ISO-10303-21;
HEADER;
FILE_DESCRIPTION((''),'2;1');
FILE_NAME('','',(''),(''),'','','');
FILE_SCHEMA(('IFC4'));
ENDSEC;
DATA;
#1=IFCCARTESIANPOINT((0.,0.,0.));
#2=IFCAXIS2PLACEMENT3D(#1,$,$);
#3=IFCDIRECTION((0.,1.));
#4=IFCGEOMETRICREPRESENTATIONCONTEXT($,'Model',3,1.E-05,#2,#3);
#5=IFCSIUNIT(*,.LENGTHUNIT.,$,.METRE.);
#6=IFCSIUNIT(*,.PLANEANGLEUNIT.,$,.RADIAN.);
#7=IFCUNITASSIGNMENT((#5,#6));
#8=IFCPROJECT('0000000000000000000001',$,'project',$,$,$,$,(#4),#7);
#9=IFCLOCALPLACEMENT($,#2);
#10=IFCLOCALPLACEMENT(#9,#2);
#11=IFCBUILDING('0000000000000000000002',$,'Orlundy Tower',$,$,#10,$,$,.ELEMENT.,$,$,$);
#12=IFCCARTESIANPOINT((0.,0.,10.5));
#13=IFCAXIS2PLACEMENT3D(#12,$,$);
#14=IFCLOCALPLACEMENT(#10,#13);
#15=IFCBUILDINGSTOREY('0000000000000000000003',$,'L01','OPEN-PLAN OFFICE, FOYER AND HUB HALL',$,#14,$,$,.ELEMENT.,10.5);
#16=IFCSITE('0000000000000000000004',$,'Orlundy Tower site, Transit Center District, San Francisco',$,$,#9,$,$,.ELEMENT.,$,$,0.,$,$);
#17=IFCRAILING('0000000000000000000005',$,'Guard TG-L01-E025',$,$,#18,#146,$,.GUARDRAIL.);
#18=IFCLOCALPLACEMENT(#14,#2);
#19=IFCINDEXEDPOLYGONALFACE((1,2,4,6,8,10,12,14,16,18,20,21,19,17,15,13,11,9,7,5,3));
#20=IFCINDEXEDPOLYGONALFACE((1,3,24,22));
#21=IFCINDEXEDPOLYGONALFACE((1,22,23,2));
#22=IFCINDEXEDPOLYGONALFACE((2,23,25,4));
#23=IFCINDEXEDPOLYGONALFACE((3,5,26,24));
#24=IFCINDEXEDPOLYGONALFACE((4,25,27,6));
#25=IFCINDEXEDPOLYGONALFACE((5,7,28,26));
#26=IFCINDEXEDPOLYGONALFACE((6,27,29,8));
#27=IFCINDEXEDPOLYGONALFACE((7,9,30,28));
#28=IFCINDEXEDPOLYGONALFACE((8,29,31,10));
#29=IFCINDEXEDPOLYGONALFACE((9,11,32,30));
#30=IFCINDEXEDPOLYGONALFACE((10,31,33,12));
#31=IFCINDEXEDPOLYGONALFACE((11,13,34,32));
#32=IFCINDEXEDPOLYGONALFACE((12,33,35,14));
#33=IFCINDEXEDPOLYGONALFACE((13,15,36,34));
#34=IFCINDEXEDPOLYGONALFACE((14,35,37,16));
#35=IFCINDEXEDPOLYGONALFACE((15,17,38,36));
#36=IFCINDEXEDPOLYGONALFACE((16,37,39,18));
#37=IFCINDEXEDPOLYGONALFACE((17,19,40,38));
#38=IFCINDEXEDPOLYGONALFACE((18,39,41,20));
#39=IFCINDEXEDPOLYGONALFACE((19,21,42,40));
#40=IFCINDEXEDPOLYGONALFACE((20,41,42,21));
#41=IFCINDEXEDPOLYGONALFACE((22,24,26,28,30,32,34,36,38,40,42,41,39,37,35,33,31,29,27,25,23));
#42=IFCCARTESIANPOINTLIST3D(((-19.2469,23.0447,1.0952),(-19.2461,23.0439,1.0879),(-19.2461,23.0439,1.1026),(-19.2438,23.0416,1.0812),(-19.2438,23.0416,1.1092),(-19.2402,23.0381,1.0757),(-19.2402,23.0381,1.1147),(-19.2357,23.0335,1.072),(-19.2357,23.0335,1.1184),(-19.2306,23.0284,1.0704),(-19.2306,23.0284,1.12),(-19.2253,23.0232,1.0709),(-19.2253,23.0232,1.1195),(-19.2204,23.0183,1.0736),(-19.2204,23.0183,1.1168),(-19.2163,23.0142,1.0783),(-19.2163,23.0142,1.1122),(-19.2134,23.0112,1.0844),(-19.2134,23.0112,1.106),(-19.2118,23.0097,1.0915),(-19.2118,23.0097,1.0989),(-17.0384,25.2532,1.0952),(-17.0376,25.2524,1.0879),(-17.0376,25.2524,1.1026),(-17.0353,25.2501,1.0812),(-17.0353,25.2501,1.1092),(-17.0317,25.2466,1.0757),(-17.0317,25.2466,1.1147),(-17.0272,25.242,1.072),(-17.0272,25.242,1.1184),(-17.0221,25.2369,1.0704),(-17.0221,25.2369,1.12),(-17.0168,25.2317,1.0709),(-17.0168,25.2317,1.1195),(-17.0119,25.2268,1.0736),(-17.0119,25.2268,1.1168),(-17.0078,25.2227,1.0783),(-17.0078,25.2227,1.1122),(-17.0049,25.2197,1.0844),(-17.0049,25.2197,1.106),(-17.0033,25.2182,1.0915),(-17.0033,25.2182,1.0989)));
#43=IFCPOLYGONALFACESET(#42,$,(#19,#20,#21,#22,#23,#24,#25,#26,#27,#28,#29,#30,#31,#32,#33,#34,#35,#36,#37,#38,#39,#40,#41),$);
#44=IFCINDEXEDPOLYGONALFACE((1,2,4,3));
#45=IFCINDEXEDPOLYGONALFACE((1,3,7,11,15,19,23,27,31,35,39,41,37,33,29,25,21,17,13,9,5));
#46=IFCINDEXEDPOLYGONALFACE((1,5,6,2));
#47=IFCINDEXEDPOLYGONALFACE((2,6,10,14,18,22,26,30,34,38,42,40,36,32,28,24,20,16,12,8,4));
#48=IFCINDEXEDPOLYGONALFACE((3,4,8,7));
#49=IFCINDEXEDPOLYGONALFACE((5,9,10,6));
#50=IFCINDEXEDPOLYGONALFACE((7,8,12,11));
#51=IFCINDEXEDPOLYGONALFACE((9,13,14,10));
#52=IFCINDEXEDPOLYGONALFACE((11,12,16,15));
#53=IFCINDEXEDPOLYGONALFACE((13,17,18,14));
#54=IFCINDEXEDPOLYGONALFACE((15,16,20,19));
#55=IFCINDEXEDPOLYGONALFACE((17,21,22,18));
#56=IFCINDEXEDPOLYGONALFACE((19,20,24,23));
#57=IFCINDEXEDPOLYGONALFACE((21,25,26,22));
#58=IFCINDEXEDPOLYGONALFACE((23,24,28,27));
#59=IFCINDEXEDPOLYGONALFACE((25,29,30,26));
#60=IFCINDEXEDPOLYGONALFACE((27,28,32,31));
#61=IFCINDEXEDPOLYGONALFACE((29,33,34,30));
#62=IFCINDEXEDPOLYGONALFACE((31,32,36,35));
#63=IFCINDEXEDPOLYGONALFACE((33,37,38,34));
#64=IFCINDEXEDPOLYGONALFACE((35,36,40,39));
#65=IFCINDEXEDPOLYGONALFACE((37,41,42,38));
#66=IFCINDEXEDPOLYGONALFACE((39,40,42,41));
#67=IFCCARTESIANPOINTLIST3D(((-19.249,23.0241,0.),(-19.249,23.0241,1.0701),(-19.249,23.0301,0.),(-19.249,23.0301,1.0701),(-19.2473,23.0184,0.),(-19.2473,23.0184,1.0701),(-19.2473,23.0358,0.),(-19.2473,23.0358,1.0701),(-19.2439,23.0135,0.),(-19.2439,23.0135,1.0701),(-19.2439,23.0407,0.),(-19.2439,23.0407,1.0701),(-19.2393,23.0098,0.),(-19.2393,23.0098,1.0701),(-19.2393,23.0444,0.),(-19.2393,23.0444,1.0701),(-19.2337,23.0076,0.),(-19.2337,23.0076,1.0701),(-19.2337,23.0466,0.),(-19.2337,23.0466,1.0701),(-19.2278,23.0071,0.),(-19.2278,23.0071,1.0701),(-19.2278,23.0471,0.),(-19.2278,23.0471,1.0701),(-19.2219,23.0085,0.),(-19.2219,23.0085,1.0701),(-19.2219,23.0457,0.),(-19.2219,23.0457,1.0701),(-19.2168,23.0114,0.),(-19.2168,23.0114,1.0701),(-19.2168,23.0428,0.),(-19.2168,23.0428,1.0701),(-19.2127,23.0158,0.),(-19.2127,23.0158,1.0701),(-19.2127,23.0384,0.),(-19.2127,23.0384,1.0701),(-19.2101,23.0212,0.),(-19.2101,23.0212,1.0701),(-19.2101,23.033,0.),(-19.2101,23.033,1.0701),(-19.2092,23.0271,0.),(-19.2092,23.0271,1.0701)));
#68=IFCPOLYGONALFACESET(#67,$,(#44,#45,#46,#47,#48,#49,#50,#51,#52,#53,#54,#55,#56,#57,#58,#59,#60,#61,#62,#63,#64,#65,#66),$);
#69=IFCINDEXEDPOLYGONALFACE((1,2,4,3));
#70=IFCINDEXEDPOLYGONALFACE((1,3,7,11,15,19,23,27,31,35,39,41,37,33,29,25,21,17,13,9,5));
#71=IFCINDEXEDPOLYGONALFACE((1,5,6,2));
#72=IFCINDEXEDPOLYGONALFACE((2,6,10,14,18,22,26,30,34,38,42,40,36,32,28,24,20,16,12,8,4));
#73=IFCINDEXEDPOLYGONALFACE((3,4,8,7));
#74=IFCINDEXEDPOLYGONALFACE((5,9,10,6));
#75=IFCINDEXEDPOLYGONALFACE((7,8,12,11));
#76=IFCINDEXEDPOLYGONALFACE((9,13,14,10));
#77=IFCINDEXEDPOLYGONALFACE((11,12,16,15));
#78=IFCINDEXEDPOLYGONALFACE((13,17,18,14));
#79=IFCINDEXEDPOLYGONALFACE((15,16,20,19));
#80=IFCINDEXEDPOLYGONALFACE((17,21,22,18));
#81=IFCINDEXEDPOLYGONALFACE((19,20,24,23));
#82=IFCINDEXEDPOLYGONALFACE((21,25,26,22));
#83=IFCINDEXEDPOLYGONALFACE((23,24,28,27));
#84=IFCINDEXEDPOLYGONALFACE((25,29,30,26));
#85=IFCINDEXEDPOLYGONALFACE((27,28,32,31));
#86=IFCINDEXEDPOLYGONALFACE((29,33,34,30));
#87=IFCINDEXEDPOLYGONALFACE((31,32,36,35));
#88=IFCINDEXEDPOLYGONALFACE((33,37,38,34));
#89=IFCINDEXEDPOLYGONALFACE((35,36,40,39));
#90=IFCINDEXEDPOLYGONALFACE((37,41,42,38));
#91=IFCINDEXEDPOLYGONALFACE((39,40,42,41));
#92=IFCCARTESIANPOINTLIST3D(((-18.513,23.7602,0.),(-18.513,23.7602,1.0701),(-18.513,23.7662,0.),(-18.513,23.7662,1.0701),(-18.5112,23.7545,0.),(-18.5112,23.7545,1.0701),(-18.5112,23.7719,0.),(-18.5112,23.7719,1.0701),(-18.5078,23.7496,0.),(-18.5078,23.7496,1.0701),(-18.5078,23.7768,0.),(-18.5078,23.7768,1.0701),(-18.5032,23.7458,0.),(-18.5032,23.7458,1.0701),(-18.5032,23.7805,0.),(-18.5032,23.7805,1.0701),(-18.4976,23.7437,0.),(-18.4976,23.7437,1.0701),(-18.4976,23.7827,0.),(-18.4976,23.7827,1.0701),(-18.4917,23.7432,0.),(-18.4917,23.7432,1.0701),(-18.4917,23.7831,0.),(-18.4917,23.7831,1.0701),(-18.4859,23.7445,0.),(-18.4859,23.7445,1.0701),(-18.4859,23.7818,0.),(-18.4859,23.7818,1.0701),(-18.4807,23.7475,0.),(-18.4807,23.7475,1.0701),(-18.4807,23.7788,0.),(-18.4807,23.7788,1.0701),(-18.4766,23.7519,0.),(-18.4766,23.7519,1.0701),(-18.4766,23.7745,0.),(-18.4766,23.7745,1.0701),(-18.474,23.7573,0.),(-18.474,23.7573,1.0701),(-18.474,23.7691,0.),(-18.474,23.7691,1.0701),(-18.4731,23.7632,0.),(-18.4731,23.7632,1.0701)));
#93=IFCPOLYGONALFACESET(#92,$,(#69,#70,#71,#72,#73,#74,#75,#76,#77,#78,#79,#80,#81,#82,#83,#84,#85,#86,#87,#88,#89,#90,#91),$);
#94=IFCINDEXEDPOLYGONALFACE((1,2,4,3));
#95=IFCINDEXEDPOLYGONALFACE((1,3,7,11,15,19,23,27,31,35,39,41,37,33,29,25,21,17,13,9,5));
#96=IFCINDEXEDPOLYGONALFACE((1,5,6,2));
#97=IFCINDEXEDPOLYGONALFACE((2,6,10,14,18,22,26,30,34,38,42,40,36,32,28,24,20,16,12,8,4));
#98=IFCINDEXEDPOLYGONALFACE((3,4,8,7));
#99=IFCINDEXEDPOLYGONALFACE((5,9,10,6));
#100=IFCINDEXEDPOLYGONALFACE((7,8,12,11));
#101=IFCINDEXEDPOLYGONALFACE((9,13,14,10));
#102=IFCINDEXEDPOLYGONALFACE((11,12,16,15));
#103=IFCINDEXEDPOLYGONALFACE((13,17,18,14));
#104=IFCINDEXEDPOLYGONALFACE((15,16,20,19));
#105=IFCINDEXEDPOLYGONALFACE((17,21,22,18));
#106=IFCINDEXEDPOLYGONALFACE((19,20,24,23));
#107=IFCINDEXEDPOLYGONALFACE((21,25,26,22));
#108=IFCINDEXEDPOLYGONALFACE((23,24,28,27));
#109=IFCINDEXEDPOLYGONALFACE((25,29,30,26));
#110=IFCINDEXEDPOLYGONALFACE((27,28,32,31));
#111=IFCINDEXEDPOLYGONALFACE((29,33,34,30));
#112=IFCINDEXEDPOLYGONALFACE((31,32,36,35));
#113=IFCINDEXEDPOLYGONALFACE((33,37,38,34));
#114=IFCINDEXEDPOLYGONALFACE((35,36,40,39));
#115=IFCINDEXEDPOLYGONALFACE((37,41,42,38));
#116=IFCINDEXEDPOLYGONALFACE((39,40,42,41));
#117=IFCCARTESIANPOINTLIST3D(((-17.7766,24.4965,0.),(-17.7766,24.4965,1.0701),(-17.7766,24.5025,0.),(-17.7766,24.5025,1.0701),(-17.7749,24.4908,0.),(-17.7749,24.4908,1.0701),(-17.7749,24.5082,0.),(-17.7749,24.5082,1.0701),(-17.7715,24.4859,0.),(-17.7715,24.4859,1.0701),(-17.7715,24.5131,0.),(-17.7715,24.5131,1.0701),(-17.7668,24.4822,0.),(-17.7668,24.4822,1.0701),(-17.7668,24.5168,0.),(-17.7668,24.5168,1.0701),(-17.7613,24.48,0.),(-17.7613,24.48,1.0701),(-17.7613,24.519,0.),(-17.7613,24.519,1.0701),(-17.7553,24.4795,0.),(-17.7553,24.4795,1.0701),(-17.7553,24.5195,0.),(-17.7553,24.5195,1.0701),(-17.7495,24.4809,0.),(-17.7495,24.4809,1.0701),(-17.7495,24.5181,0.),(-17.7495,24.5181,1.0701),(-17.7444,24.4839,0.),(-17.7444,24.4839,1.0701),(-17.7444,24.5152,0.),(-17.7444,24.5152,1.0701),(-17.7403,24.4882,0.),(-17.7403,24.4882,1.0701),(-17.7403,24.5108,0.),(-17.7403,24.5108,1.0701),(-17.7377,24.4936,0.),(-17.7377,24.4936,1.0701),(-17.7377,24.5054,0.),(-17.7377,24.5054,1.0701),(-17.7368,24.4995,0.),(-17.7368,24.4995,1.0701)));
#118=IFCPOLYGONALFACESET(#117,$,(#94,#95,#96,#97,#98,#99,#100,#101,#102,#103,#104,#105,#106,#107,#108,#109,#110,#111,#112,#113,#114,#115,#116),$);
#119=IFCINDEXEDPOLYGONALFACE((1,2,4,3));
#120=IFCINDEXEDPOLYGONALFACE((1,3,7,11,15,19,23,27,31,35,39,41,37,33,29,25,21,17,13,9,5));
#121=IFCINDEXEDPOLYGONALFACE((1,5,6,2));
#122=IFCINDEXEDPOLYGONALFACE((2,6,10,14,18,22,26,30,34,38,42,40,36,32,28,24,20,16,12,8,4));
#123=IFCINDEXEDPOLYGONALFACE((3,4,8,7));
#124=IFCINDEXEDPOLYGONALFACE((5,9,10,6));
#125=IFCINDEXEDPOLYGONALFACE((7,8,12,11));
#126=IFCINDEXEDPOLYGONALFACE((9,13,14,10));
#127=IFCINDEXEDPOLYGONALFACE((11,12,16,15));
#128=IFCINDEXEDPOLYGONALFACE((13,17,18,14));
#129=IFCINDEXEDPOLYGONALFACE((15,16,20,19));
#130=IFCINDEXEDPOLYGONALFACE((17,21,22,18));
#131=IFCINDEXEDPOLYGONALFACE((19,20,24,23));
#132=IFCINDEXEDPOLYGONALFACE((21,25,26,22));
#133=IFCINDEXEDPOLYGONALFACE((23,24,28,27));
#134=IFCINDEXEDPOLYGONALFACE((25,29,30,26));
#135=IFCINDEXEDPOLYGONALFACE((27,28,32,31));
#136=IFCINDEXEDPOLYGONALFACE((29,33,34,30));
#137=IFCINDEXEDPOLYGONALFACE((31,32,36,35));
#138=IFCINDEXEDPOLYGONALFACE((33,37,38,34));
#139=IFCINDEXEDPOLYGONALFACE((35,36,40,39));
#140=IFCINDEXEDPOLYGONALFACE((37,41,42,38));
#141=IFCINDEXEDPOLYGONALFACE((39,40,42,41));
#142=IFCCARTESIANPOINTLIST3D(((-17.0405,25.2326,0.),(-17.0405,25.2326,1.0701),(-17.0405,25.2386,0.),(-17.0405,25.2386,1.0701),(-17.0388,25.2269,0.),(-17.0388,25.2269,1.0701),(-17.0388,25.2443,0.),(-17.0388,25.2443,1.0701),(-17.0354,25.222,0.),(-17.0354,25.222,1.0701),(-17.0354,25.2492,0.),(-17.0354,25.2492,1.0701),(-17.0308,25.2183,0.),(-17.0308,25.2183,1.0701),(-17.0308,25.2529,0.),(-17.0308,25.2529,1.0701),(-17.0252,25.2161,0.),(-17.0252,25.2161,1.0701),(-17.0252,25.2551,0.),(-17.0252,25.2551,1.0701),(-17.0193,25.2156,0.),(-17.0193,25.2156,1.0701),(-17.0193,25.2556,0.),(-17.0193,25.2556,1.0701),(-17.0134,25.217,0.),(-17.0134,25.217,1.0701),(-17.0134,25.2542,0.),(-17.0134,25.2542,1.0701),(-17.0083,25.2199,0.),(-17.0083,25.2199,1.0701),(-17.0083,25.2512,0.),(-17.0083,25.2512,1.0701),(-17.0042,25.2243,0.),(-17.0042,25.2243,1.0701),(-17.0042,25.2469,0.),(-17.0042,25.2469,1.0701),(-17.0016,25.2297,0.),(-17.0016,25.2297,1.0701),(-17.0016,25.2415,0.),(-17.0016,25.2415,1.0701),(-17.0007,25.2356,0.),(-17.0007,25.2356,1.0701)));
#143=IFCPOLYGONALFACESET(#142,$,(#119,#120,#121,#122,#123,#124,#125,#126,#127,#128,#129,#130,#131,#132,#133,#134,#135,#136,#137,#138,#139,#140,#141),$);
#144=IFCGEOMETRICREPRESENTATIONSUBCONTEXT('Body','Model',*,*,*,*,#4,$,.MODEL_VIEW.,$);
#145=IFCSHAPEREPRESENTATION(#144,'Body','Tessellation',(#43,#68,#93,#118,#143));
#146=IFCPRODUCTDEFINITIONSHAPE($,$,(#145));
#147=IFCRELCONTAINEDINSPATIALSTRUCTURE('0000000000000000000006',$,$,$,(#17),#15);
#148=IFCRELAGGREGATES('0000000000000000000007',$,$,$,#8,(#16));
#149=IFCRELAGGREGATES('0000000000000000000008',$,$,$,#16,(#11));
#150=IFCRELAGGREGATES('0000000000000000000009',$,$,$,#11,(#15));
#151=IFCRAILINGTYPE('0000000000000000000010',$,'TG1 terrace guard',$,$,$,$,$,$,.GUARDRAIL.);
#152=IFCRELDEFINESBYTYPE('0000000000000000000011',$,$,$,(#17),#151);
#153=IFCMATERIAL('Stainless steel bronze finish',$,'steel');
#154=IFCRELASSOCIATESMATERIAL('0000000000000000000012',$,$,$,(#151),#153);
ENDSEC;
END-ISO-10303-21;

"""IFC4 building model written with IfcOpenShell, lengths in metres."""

from ifc_helpers import new_model, si_unit, direction, frame, origin, origin_2d, place, context, subcontext, project, spatial, circle, extrude, material, type_object, element, save


model = new_model("IFC4")

# Units and contexts
model_context = context("Model", 3, precision=1e-05, world=origin(), true_north=direction((0.0, 1.0)))
body_context = subcontext(model_context, "Body", "Model", "MODEL_VIEW")
ifc_project = project(units=[si_unit("LENGTHUNIT", "METRE"), si_unit("PLANEANGLEUNIT", "RADIAN")], contexts=[model_context])

# Site, building, storey
site_placement = place(None, origin())
site = spatial("IfcSite", under=ifc_project, at=site_placement, Name="Orlundy Tower site, Transit Center District, San Francisco", CompositionType="ELEMENT", RefElevation=0.0)
building_placement = place(site_placement, origin())
building = spatial("IfcBuilding", under=site, at=building_placement, Name="Orlundy Tower", CompositionType="ELEMENT")
storey_placement = place(building_placement, frame((0.0, 0.0, 10.5)))
storey = spatial("IfcBuildingStorey", under=building, at=storey_placement, Name="L01", Description="OPEN-PLAN OFFICE, FOYER AND HUB HALL", CompositionType="ELEMENT", Elevation=10.5)

# Railing
ifc_material_1 = material(Name="Stainless steel bronze finish", Category="steel")
railing_type = type_object("IfcRailingType", Name="TG1 terrace guard", PredefinedType="GUARDRAIL", material=ifc_material_1)
for number, where, name in (
    (1, (-19.2292, 23.0271, 0.0), "Guard TG-L01-E025"),
):
    element("IfcRailing", number, at=place(storey_placement, frame(where)), inside=storey, type_object=railing_type, Name=name, PredefinedType="GUARDRAIL", context=body_context, shape_type="SweptSolid", body=[
        extrude(circle(Radius=0.0249, at=origin_2d()), frame((0.0, 0.0, 1.0952), z_axis=(0.707107, 0.707107, 0.0), x_axis=(-0.707107, 0.707107, 0.0)), (0.0, 0.0, 1.0), 3.1233),
        extrude(circle(Radius=0.02, at=origin_2d()), origin(), (0.0, 0.0, 1.0), 1.0701),
        extrude(circle(Radius=0.02, at=origin_2d()), frame((0.7361, 0.7361, 0.0)), (0.0, 0.0, 1.0), 1.0701),
        extrude(circle(Radius=0.02, at=origin_2d()), frame((1.4724, 1.4724, 0.0)), (0.0, 0.0, 1.0), 1.0701),
        extrude(circle(Radius=0.02, at=origin_2d()), frame((2.2085, 2.2085, 0.0)), (0.0, 0.0, 1.0), 1.0701),
    ])

save(model, "model.ifc")
